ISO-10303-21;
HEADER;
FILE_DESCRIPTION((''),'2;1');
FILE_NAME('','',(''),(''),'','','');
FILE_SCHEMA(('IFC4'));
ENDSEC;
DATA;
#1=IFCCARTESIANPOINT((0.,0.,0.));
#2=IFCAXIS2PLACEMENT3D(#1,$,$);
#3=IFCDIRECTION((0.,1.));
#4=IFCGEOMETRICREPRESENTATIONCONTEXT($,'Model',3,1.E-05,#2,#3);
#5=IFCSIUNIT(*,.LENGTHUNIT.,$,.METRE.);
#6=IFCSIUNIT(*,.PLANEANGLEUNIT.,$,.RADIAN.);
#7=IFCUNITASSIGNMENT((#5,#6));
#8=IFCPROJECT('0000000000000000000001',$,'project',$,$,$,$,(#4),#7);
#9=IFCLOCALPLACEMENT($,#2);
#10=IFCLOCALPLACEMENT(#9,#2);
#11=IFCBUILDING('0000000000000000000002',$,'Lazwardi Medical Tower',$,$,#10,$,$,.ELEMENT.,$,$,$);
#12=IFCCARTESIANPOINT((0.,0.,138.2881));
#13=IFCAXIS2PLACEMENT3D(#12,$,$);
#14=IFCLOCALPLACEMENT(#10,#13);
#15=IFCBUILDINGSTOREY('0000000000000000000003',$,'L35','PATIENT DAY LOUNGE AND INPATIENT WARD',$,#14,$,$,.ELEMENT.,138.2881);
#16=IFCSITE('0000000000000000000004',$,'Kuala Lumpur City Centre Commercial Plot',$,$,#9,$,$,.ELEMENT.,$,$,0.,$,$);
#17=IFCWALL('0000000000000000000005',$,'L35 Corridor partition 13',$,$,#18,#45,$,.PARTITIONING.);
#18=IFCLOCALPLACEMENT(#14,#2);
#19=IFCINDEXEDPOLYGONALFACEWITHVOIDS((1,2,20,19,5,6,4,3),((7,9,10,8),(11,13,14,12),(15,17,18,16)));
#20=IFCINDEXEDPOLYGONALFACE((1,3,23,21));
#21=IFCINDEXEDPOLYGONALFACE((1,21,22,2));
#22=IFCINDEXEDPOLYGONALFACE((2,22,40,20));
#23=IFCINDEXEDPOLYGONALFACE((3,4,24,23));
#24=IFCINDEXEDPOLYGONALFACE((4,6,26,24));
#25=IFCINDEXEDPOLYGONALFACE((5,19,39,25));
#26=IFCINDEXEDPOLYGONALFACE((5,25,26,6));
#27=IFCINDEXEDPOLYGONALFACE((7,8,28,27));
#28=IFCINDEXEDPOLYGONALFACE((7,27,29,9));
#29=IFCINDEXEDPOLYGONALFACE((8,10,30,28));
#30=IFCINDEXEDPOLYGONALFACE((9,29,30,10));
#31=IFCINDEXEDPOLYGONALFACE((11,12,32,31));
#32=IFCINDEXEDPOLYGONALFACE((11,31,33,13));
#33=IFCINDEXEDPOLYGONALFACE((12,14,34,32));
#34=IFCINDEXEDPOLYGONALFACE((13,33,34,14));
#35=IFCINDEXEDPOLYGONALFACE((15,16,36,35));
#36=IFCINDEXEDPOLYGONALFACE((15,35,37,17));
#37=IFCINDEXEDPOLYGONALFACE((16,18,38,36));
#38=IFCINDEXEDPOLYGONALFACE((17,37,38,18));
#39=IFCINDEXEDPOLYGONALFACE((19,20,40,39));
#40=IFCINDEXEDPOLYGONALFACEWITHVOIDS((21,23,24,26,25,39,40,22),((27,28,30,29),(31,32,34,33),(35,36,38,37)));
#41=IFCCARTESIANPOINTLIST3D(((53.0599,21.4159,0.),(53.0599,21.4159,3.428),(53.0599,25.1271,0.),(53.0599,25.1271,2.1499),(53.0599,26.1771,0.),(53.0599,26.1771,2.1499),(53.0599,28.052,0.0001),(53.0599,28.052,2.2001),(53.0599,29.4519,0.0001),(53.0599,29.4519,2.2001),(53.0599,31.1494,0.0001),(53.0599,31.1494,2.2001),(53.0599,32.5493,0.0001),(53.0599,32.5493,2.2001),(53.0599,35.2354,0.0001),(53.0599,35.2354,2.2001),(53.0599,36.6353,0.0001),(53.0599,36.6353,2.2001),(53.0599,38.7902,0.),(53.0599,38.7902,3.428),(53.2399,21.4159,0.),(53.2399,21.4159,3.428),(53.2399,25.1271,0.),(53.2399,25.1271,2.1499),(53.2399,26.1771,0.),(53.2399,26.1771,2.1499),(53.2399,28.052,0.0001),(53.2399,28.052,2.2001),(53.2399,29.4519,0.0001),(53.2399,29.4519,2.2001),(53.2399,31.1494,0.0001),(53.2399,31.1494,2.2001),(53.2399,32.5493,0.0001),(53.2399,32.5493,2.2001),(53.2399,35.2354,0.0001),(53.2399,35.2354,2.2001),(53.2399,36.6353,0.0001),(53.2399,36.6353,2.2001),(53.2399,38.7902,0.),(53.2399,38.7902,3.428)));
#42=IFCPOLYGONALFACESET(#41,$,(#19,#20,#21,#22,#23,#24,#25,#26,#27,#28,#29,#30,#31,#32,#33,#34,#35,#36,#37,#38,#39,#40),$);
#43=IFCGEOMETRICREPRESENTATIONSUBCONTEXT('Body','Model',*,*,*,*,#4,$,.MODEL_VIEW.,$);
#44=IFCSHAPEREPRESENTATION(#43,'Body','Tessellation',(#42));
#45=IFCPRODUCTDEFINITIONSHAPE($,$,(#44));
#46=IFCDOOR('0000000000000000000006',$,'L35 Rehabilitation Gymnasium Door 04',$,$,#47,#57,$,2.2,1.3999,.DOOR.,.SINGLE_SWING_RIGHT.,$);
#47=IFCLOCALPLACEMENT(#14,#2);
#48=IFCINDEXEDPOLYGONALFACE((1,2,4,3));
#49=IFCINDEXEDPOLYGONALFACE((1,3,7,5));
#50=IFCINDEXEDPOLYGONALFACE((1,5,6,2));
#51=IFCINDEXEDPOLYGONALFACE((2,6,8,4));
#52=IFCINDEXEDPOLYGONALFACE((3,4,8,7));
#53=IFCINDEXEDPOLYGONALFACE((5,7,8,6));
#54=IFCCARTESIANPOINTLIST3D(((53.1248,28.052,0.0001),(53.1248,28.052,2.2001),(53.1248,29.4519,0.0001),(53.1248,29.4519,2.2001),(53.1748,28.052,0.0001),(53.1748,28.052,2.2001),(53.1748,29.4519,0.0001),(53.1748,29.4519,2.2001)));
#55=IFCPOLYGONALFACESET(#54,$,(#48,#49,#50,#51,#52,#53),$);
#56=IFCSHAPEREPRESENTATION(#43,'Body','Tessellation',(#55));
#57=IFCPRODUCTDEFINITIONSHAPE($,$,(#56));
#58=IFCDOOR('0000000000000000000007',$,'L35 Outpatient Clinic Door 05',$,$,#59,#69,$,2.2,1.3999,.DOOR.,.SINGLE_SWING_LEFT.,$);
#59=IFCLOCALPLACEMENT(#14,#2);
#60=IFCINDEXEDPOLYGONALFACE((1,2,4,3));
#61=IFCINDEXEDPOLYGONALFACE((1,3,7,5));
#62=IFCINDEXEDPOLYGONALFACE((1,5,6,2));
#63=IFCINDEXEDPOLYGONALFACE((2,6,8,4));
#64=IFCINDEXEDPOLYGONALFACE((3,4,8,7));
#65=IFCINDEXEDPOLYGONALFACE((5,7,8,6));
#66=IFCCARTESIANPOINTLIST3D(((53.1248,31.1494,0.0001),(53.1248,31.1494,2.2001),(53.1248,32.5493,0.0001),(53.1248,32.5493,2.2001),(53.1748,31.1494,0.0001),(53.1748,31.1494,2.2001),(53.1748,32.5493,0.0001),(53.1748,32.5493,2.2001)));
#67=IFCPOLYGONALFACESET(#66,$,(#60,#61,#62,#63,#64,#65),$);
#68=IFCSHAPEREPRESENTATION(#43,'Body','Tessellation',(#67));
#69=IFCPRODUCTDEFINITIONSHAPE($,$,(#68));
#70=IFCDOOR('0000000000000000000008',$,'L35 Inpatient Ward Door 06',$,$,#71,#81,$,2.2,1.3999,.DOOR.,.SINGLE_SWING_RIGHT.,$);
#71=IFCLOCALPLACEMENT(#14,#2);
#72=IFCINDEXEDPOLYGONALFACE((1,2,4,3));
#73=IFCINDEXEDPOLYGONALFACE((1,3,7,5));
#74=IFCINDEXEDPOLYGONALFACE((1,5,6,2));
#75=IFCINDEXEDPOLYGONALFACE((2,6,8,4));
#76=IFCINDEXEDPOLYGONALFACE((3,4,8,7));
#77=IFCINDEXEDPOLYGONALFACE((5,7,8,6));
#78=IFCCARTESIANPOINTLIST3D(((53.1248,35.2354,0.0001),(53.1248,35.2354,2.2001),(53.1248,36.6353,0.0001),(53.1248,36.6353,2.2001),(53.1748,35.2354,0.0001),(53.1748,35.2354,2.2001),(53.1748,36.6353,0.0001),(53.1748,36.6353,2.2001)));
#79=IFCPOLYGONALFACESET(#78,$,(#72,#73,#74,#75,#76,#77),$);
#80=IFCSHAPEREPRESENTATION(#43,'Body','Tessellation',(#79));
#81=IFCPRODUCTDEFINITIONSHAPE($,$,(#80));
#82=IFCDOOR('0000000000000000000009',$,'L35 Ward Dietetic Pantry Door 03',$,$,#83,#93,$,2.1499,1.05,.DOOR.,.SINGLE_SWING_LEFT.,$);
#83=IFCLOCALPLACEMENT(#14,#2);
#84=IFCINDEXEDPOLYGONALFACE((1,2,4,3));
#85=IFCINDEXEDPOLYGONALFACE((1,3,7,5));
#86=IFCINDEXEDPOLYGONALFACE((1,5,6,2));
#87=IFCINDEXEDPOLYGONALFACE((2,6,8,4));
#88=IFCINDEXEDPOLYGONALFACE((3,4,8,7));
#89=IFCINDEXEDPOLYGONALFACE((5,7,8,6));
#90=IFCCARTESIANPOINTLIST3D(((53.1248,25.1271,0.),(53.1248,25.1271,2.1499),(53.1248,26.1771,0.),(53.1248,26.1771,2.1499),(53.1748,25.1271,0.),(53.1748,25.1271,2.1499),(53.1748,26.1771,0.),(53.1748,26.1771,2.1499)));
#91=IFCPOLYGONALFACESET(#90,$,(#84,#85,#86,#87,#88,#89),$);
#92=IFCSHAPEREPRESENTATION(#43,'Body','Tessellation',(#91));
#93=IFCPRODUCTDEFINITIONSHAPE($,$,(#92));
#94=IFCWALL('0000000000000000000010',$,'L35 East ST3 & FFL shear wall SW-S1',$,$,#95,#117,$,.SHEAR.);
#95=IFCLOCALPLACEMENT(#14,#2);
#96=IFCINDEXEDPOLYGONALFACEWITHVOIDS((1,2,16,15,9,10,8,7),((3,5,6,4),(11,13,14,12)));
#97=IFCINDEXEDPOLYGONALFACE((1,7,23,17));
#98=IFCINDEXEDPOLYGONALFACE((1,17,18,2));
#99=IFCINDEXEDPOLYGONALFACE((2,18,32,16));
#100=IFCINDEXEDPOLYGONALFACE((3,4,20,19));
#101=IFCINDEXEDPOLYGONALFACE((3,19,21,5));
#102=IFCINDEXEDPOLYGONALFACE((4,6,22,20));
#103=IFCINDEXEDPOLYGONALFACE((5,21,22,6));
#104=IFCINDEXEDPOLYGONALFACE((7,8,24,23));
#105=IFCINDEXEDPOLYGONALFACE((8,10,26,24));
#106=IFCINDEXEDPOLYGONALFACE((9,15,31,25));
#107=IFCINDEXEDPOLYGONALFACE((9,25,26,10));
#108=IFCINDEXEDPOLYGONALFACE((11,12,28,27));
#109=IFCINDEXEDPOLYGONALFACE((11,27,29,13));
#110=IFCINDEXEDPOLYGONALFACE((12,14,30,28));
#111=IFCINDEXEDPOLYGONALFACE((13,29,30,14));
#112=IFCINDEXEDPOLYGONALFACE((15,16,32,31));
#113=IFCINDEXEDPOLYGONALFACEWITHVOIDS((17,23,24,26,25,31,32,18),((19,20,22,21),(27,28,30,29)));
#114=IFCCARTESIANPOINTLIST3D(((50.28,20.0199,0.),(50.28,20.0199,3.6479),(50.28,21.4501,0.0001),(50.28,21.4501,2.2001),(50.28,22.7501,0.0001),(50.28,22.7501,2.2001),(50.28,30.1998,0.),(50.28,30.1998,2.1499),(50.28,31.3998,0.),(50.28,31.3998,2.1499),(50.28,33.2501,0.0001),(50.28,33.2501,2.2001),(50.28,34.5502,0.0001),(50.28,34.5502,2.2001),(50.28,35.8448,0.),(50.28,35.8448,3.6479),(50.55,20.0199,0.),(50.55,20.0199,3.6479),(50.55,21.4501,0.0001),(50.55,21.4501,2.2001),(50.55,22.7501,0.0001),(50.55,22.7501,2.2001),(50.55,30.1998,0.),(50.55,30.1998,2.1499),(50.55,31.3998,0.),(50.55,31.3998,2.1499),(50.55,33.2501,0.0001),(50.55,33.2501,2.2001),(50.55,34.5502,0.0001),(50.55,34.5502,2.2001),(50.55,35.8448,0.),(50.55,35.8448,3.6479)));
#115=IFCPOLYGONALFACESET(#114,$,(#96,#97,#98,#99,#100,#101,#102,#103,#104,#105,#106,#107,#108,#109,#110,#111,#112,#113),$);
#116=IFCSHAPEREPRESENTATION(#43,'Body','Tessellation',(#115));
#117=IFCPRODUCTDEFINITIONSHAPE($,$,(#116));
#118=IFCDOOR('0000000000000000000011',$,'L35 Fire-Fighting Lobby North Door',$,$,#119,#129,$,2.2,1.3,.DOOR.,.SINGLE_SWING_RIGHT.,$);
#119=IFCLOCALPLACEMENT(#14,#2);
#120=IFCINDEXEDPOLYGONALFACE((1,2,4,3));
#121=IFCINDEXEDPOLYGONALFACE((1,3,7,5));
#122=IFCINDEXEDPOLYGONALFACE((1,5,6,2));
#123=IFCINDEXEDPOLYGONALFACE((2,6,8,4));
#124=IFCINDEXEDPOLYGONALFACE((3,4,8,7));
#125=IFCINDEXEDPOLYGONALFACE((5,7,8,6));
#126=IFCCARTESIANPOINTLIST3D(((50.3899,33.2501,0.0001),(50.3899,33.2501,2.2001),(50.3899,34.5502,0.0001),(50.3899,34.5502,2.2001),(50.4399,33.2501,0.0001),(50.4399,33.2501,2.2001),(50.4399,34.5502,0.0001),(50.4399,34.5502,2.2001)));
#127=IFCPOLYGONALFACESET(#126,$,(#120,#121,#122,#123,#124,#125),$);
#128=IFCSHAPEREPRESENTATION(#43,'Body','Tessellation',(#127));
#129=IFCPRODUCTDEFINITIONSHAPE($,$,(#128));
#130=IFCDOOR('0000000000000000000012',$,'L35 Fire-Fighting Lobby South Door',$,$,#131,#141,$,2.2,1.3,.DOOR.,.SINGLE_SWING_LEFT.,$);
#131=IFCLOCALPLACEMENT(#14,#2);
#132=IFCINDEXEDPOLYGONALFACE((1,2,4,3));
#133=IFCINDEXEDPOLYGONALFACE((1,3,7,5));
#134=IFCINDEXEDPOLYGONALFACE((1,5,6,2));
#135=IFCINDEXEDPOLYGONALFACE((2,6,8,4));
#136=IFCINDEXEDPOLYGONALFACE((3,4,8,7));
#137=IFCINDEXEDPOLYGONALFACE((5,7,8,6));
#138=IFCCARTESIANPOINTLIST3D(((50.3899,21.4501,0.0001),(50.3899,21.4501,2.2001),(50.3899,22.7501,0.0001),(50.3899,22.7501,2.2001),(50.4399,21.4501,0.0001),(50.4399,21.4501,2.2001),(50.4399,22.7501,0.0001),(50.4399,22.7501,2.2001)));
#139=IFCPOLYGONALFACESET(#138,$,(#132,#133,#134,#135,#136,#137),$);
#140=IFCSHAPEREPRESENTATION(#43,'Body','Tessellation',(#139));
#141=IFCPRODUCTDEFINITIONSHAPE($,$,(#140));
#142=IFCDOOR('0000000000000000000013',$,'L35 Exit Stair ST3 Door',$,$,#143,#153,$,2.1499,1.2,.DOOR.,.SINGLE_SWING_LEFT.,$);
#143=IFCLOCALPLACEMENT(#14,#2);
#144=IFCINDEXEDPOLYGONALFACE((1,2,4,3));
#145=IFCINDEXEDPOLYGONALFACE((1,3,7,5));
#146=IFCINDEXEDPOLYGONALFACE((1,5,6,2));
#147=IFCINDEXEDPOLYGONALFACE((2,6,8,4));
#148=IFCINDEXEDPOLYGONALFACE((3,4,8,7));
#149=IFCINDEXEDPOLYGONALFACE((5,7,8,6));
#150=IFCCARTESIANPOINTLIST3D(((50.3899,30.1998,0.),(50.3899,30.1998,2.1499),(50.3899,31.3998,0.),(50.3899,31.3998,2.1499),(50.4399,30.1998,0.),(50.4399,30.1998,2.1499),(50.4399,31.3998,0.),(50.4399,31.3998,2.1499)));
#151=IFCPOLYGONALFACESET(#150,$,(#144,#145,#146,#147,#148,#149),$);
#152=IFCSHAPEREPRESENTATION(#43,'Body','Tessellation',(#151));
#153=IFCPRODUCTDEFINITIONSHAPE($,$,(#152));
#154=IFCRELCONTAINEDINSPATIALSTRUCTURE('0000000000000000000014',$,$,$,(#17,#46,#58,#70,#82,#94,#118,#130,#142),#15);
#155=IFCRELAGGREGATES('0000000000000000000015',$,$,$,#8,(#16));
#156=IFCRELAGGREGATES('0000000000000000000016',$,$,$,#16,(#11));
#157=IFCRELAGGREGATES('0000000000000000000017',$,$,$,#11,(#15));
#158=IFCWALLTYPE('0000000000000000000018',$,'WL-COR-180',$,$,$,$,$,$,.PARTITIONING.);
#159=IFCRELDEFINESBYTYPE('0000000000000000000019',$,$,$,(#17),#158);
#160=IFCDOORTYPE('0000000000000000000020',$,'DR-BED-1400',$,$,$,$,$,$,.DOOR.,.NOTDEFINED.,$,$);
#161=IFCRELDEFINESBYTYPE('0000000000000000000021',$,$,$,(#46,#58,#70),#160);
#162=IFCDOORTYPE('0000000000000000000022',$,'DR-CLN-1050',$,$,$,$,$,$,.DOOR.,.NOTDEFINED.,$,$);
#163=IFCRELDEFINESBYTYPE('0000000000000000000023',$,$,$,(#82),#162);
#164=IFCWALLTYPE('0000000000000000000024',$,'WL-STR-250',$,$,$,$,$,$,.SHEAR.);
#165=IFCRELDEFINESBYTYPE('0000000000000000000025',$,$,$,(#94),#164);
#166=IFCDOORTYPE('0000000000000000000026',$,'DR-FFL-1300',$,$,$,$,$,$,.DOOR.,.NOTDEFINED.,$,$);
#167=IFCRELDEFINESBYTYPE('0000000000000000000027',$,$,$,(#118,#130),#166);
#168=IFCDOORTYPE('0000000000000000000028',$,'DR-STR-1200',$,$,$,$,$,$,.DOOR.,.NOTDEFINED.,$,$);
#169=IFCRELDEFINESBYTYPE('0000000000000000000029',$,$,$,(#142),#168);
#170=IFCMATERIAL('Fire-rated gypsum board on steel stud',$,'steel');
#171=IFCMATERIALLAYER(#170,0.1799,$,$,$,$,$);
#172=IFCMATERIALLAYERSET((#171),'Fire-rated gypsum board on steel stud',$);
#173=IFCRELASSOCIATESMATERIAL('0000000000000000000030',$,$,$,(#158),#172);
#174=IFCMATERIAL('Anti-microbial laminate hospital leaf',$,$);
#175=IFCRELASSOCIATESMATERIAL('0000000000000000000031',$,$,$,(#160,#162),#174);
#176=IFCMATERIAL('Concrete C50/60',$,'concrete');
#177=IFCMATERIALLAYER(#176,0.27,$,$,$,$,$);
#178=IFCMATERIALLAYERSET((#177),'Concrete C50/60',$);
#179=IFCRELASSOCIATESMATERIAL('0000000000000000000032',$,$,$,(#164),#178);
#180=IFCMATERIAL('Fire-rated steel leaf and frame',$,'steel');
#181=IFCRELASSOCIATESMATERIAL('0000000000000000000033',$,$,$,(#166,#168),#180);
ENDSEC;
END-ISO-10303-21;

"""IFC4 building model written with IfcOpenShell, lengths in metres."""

from ifc_helpers import new_model, si_unit, direction, frame, frame_2d, origin, place, context, subcontext, project, spatial, rectangle, extrude, material, layer, layer_set, type_object, element, fill, save


model = new_model("IFC4")

# Units and contexts
model_context = context("Model", 3, precision=1e-05, world=origin(), true_north=direction((0.0, 1.0)))
body_context = subcontext(model_context, "Body", "Model", "MODEL_VIEW")
ifc_project = project(units=[si_unit("LENGTHUNIT", "METRE"), si_unit("PLANEANGLEUNIT", "RADIAN")], contexts=[model_context])

# Site, building, storey
site_placement = place(None, origin())
site = spatial("IfcSite", under=ifc_project, at=site_placement, Name="Kuala Lumpur City Centre Commercial Plot", CompositionType="ELEMENT", RefElevation=0.0)
building_placement = place(site_placement, origin())
building = spatial("IfcBuilding", under=site, at=building_placement, Name="Lazwardi Medical Tower", CompositionType="ELEMENT")
storey_placement = place(building_placement, frame((0.0, 0.0, 138.2881)))
storey = spatial("IfcBuildingStorey", under=building, at=storey_placement, Name="L35", Description="PATIENT DAY LOUNGE AND INPATIENT WARD", CompositionType="ELEMENT", Elevation=138.2881)

# Walls, openings, doors
ifc_material_1 = material(Name="Fire-rated gypsum board on steel stud", Category="steel")
ifc_layer_1 = layer(ifc_material_1, 0.1799)
ifc_layer_set_1 = layer_set([ifc_layer_1], Name="Fire-rated gypsum board on steel stud")
wall_type_1 = type_object("IfcWallType", Name="WL-COR-180", PredefinedType="PARTITIONING", material=ifc_layer_set_1)
wall_1_placement = place(storey_placement, frame((53.1499, 38.79, 0.0), z_axis=(0.0, 0.0, 1.0), x_axis=(0.0, -1.0, 0.0)))
wall_1 = element("IfcWall", 1, at=wall_1_placement, inside=storey, type_object=wall_type_1, Name="L35 Corridor partition 13", PredefinedType="PARTITIONING", context=body_context, shape_type="SweptSolid", body=[
    extrude(rectangle(XDim=17.3743, YDim=0.1799, at=frame_2d((8.687, 0.0))), origin(), (0.0, 0.0, 1.0), 3.428),
])
opening_1_placement = place(wall_1_placement, frame((12.613, 0.0, 0.0)))
opening_1 = element("IfcOpeningElement", 2, at=opening_1_placement, cuts=wall_1, PredefinedType="OPENING", context=body_context, shape_type="SweptSolid", body=[
    extrude(rectangle(XDim=1.05, YDim=2.1499, at=frame_2d((0.5249, 1.075))), frame((0.0, 0.0999, 0.0), z_axis=(0.0, -1.0, 0.0), x_axis=(1.0, 0.0, 0.0)), (0.0, 0.0, 1.0), 0.2),
])
opening_2_placement = place(wall_1_placement, frame((9.3381, 0.0, 0.0)))
opening_2 = element("IfcOpeningElement", 3, at=opening_2_placement, cuts=wall_1, PredefinedType="OPENING", context=body_context, shape_type="SweptSolid", body=[
    extrude(rectangle(XDim=1.3999, YDim=2.2, at=frame_2d((0.7, 1.1001))), frame((0.0, 0.0999, 0.0), z_axis=(0.0, -1.0, 0.0), x_axis=(1.0, 0.0, 0.0)), (0.0, 0.0, 1.0), 0.2),
])
opening_3_placement = place(wall_1_placement, frame((6.2407, 0.0, 0.0)))
opening_3 = element("IfcOpeningElement", 4, at=opening_3_placement, cuts=wall_1, PredefinedType="OPENING", context=body_context, shape_type="SweptSolid", body=[
    extrude(rectangle(XDim=1.3999, YDim=2.2, at=frame_2d((0.7, 1.1001))), frame((0.0, 0.0999, 0.0), z_axis=(0.0, -1.0, 0.0), x_axis=(1.0, 0.0, 0.0)), (0.0, 0.0, 1.0), 0.2),
])
opening_4_placement = place(wall_1_placement, frame((2.1548, 0.0, 0.0)))
opening_4 = element("IfcOpeningElement", 5, at=opening_4_placement, cuts=wall_1, PredefinedType="OPENING", context=body_context, shape_type="SweptSolid", body=[
    extrude(rectangle(XDim=1.3999, YDim=2.2, at=frame_2d((0.7, 1.1001))), frame((0.0, 0.0999, 0.0), z_axis=(0.0, -1.0, 0.0), x_axis=(1.0, 0.0, 0.0)), (0.0, 0.0, 1.0), 0.2),
])
ifc_material_2 = material(Name="Anti-microbial laminate hospital leaf")
door_type_1 = type_object("IfcDoorType", Name="DR-BED-1400", OperationType="NOTDEFINED", PredefinedType="DOOR", material=ifc_material_2)
door_1_placement = place(opening_2_placement, origin())
door_1 = element("IfcDoor", 6, at=door_1_placement, inside=storey, type_object=door_type_1, Name="L35 Rehabilitation Gymnasium Door 04", OperationType="SINGLE_SWING_RIGHT", OverallHeight=2.2, OverallWidth=1.3999, PredefinedType="DOOR", context=body_context, shape_type="SweptSolid", body=[
    extrude(rectangle(XDim=1.3999, YDim=2.2, at=frame_2d((0.7, 1.1001))), frame((0.0, 0.0249, 0.0), z_axis=(0.0, -1.0, 0.0), x_axis=(1.0, 0.0, 0.0)), (0.0, 0.0, 1.0), 0.05),
])
fill(opening_2, door_1)
door_2_placement = place(opening_3_placement, origin())
door_2 = element("IfcDoor", 7, at=door_2_placement, inside=storey, type_object=door_type_1, Name="L35 Outpatient Clinic Door 05", OperationType="SINGLE_SWING_LEFT", OverallHeight=2.2, OverallWidth=1.3999, PredefinedType="DOOR", context=body_context, shape_type="SweptSolid", body=[
    extrude(rectangle(XDim=1.3999, YDim=2.2, at=frame_2d((0.7, 1.1001))), frame((0.0, 0.0249, 0.0), z_axis=(0.0, -1.0, 0.0), x_axis=(1.0, 0.0, 0.0)), (0.0, 0.0, 1.0), 0.05),
])
fill(opening_3, door_2)
door_3_placement = place(opening_4_placement, origin())
door_3 = element("IfcDoor", 8, at=door_3_placement, inside=storey, type_object=door_type_1, Name="L35 Inpatient Ward Door 06", OperationType="SINGLE_SWING_RIGHT", OverallHeight=2.2, OverallWidth=1.3999, PredefinedType="DOOR", context=body_context, shape_type="SweptSolid", body=[
    extrude(rectangle(XDim=1.3999, YDim=2.2, at=frame_2d((0.7, 1.1001))), frame((0.0, 0.0249, 0.0), z_axis=(0.0, -1.0, 0.0), x_axis=(1.0, 0.0, 0.0)), (0.0, 0.0, 1.0), 0.05),
])
fill(opening_4, door_3)
door_type_2 = type_object("IfcDoorType", Name="DR-CLN-1050", OperationType="NOTDEFINED", PredefinedType="DOOR", material=ifc_material_2)
door_4_placement = place(opening_1_placement, origin())
door_4 = element("IfcDoor", 9, at=door_4_placement, inside=storey, type_object=door_type_2, Name="L35 Ward Dietetic Pantry Door 03", OperationType="SINGLE_SWING_LEFT", OverallHeight=2.1499, OverallWidth=1.05, PredefinedType="DOOR", context=body_context, shape_type="SweptSolid", body=[
    extrude(rectangle(XDim=1.05, YDim=2.1499, at=frame_2d((0.5249, 1.075))), frame((0.0, 0.0249, 0.0), z_axis=(0.0, -1.0, 0.0), x_axis=(1.0, 0.0, 0.0)), (0.0, 0.0, 1.0), 0.05),
])
fill(opening_1, door_4)
ifc_material_3 = material(Name="Concrete C50/60", Category="concrete")
ifc_layer_2 = layer(ifc_material_3, 0.27)
ifc_layer_set_2 = layer_set([ifc_layer_2], Name="Concrete C50/60")
wall_type_2 = type_object("IfcWallType", Name="WL-STR-250", PredefinedType="SHEAR", material=ifc_layer_set_2)
wall_2_placement = place(storey_placement, frame((50.415, 35.845, 0.0), z_axis=(0.0, 0.0, 1.0), x_axis=(0.0, -1.0, 0.0)))
wall_2 = element("IfcWall", 10, at=wall_2_placement, inside=storey, type_object=wall_type_2, Name="L35 East ST3 & FFL shear wall SW-S1", PredefinedType="SHEAR", context=body_context, shape_type="SweptSolid", body=[
    extrude(rectangle(XDim=15.825, YDim=0.27, at=frame_2d((7.9126, 0.0))), origin(), (0.0, 0.0, 1.0), 3.6479),
])
opening_5_placement = place(wall_2_placement, frame((4.4451, 0.0, 0.0)))
opening_5 = element("IfcOpeningElement", 11, at=opening_5_placement, cuts=wall_2, PredefinedType="OPENING", context=body_context, shape_type="SweptSolid", body=[
    extrude(rectangle(XDim=1.2, YDim=2.1499, at=frame_2d((0.6001, 1.075))), frame((0.0, 0.145, 0.0), z_axis=(0.0, -1.0, 0.0), x_axis=(1.0, 0.0, 0.0)), (0.0, 0.0, 1.0), 0.29),
])
opening_6_placement = place(wall_2_placement, frame((1.2949, 0.0, 0.0)))
opening_6 = element("IfcOpeningElement", 12, at=opening_6_placement, cuts=wall_2, PredefinedType="OPENING", context=body_context, shape_type="SweptSolid", body=[
    extrude(rectangle(XDim=1.3, YDim=2.2, at=frame_2d((0.6499, 1.1001))), frame((0.0, 0.145, 0.0), z_axis=(0.0, -1.0, 0.0), x_axis=(1.0, 0.0, 0.0)), (0.0, 0.0, 1.0), 0.29),
])
opening_7_placement = place(wall_2_placement, frame((13.095, 0.0, 0.0)))
opening_7 = element("IfcOpeningElement", 13, at=opening_7_placement, cuts=wall_2, PredefinedType="OPENING", context=body_context, shape_type="SweptSolid", body=[
    extrude(rectangle(XDim=1.3, YDim=2.2, at=frame_2d((0.6499, 1.1001))), frame((0.0, 0.145, 0.0), z_axis=(0.0, -1.0, 0.0), x_axis=(1.0, 0.0, 0.0)), (0.0, 0.0, 1.0), 0.29),
])
ifc_material_4 = material(Name="Fire-rated steel leaf and frame", Category="steel")
door_type_3 = type_object("IfcDoorType", Name="DR-FFL-1300", OperationType="NOTDEFINED", PredefinedType="DOOR", material=ifc_material_4)
door_5_placement = place(opening_6_placement, origin())
door_5 = element("IfcDoor", 14, at=door_5_placement, inside=storey, type_object=door_type_3, Name="L35 Fire-Fighting Lobby North Door", OperationType="SINGLE_SWING_RIGHT", OverallHeight=2.2, OverallWidth=1.3, PredefinedType="DOOR", context=body_context, shape_type="SweptSolid", body=[
    extrude(rectangle(XDim=1.3, YDim=2.2, at=frame_2d((0.6499, 1.1001))), frame((0.0, 0.0249, 0.0), z_axis=(0.0, -1.0, 0.0), x_axis=(1.0, 0.0, 0.0)), (0.0, 0.0, 1.0), 0.05),
])
fill(opening_6, door_5)
door_6_placement = place(opening_7_placement, origin())
door_6 = element("IfcDoor", 15, at=door_6_placement, inside=storey, type_object=door_type_3, Name="L35 Fire-Fighting Lobby South Door", OperationType="SINGLE_SWING_LEFT", OverallHeight=2.2, OverallWidth=1.3, PredefinedType="DOOR", context=body_context, shape_type="SweptSolid", body=[
    extrude(rectangle(XDim=1.3, YDim=2.2, at=frame_2d((0.6499, 1.1001))), frame((0.0, 0.0249, 0.0), z_axis=(0.0, -1.0, 0.0), x_axis=(1.0, 0.0, 0.0)), (0.0, 0.0, 1.0), 0.05),
])
fill(opening_7, door_6)
door_type_4 = type_object("IfcDoorType", Name="DR-STR-1200", OperationType="NOTDEFINED", PredefinedType="DOOR", material=ifc_material_4)
door_7_placement = place(opening_5_placement, origin())
door_7 = element("IfcDoor", 16, at=door_7_placement, inside=storey, type_object=door_type_4, Name="L35 Exit Stair ST3 Door", OperationType="SINGLE_SWING_LEFT", OverallHeight=2.1499, OverallWidth=1.2, PredefinedType="DOOR", context=body_context, shape_type="SweptSolid", body=[
    extrude(rectangle(XDim=1.2, YDim=2.1499, at=frame_2d((0.6001, 1.075))), frame((0.0, 0.0249, 0.0), z_axis=(0.0, -1.0, 0.0), x_axis=(1.0, 0.0, 0.0)), (0.0, 0.0, 1.0), 0.05),
])
fill(opening_5, door_7)

save(model, "model.ifc")
